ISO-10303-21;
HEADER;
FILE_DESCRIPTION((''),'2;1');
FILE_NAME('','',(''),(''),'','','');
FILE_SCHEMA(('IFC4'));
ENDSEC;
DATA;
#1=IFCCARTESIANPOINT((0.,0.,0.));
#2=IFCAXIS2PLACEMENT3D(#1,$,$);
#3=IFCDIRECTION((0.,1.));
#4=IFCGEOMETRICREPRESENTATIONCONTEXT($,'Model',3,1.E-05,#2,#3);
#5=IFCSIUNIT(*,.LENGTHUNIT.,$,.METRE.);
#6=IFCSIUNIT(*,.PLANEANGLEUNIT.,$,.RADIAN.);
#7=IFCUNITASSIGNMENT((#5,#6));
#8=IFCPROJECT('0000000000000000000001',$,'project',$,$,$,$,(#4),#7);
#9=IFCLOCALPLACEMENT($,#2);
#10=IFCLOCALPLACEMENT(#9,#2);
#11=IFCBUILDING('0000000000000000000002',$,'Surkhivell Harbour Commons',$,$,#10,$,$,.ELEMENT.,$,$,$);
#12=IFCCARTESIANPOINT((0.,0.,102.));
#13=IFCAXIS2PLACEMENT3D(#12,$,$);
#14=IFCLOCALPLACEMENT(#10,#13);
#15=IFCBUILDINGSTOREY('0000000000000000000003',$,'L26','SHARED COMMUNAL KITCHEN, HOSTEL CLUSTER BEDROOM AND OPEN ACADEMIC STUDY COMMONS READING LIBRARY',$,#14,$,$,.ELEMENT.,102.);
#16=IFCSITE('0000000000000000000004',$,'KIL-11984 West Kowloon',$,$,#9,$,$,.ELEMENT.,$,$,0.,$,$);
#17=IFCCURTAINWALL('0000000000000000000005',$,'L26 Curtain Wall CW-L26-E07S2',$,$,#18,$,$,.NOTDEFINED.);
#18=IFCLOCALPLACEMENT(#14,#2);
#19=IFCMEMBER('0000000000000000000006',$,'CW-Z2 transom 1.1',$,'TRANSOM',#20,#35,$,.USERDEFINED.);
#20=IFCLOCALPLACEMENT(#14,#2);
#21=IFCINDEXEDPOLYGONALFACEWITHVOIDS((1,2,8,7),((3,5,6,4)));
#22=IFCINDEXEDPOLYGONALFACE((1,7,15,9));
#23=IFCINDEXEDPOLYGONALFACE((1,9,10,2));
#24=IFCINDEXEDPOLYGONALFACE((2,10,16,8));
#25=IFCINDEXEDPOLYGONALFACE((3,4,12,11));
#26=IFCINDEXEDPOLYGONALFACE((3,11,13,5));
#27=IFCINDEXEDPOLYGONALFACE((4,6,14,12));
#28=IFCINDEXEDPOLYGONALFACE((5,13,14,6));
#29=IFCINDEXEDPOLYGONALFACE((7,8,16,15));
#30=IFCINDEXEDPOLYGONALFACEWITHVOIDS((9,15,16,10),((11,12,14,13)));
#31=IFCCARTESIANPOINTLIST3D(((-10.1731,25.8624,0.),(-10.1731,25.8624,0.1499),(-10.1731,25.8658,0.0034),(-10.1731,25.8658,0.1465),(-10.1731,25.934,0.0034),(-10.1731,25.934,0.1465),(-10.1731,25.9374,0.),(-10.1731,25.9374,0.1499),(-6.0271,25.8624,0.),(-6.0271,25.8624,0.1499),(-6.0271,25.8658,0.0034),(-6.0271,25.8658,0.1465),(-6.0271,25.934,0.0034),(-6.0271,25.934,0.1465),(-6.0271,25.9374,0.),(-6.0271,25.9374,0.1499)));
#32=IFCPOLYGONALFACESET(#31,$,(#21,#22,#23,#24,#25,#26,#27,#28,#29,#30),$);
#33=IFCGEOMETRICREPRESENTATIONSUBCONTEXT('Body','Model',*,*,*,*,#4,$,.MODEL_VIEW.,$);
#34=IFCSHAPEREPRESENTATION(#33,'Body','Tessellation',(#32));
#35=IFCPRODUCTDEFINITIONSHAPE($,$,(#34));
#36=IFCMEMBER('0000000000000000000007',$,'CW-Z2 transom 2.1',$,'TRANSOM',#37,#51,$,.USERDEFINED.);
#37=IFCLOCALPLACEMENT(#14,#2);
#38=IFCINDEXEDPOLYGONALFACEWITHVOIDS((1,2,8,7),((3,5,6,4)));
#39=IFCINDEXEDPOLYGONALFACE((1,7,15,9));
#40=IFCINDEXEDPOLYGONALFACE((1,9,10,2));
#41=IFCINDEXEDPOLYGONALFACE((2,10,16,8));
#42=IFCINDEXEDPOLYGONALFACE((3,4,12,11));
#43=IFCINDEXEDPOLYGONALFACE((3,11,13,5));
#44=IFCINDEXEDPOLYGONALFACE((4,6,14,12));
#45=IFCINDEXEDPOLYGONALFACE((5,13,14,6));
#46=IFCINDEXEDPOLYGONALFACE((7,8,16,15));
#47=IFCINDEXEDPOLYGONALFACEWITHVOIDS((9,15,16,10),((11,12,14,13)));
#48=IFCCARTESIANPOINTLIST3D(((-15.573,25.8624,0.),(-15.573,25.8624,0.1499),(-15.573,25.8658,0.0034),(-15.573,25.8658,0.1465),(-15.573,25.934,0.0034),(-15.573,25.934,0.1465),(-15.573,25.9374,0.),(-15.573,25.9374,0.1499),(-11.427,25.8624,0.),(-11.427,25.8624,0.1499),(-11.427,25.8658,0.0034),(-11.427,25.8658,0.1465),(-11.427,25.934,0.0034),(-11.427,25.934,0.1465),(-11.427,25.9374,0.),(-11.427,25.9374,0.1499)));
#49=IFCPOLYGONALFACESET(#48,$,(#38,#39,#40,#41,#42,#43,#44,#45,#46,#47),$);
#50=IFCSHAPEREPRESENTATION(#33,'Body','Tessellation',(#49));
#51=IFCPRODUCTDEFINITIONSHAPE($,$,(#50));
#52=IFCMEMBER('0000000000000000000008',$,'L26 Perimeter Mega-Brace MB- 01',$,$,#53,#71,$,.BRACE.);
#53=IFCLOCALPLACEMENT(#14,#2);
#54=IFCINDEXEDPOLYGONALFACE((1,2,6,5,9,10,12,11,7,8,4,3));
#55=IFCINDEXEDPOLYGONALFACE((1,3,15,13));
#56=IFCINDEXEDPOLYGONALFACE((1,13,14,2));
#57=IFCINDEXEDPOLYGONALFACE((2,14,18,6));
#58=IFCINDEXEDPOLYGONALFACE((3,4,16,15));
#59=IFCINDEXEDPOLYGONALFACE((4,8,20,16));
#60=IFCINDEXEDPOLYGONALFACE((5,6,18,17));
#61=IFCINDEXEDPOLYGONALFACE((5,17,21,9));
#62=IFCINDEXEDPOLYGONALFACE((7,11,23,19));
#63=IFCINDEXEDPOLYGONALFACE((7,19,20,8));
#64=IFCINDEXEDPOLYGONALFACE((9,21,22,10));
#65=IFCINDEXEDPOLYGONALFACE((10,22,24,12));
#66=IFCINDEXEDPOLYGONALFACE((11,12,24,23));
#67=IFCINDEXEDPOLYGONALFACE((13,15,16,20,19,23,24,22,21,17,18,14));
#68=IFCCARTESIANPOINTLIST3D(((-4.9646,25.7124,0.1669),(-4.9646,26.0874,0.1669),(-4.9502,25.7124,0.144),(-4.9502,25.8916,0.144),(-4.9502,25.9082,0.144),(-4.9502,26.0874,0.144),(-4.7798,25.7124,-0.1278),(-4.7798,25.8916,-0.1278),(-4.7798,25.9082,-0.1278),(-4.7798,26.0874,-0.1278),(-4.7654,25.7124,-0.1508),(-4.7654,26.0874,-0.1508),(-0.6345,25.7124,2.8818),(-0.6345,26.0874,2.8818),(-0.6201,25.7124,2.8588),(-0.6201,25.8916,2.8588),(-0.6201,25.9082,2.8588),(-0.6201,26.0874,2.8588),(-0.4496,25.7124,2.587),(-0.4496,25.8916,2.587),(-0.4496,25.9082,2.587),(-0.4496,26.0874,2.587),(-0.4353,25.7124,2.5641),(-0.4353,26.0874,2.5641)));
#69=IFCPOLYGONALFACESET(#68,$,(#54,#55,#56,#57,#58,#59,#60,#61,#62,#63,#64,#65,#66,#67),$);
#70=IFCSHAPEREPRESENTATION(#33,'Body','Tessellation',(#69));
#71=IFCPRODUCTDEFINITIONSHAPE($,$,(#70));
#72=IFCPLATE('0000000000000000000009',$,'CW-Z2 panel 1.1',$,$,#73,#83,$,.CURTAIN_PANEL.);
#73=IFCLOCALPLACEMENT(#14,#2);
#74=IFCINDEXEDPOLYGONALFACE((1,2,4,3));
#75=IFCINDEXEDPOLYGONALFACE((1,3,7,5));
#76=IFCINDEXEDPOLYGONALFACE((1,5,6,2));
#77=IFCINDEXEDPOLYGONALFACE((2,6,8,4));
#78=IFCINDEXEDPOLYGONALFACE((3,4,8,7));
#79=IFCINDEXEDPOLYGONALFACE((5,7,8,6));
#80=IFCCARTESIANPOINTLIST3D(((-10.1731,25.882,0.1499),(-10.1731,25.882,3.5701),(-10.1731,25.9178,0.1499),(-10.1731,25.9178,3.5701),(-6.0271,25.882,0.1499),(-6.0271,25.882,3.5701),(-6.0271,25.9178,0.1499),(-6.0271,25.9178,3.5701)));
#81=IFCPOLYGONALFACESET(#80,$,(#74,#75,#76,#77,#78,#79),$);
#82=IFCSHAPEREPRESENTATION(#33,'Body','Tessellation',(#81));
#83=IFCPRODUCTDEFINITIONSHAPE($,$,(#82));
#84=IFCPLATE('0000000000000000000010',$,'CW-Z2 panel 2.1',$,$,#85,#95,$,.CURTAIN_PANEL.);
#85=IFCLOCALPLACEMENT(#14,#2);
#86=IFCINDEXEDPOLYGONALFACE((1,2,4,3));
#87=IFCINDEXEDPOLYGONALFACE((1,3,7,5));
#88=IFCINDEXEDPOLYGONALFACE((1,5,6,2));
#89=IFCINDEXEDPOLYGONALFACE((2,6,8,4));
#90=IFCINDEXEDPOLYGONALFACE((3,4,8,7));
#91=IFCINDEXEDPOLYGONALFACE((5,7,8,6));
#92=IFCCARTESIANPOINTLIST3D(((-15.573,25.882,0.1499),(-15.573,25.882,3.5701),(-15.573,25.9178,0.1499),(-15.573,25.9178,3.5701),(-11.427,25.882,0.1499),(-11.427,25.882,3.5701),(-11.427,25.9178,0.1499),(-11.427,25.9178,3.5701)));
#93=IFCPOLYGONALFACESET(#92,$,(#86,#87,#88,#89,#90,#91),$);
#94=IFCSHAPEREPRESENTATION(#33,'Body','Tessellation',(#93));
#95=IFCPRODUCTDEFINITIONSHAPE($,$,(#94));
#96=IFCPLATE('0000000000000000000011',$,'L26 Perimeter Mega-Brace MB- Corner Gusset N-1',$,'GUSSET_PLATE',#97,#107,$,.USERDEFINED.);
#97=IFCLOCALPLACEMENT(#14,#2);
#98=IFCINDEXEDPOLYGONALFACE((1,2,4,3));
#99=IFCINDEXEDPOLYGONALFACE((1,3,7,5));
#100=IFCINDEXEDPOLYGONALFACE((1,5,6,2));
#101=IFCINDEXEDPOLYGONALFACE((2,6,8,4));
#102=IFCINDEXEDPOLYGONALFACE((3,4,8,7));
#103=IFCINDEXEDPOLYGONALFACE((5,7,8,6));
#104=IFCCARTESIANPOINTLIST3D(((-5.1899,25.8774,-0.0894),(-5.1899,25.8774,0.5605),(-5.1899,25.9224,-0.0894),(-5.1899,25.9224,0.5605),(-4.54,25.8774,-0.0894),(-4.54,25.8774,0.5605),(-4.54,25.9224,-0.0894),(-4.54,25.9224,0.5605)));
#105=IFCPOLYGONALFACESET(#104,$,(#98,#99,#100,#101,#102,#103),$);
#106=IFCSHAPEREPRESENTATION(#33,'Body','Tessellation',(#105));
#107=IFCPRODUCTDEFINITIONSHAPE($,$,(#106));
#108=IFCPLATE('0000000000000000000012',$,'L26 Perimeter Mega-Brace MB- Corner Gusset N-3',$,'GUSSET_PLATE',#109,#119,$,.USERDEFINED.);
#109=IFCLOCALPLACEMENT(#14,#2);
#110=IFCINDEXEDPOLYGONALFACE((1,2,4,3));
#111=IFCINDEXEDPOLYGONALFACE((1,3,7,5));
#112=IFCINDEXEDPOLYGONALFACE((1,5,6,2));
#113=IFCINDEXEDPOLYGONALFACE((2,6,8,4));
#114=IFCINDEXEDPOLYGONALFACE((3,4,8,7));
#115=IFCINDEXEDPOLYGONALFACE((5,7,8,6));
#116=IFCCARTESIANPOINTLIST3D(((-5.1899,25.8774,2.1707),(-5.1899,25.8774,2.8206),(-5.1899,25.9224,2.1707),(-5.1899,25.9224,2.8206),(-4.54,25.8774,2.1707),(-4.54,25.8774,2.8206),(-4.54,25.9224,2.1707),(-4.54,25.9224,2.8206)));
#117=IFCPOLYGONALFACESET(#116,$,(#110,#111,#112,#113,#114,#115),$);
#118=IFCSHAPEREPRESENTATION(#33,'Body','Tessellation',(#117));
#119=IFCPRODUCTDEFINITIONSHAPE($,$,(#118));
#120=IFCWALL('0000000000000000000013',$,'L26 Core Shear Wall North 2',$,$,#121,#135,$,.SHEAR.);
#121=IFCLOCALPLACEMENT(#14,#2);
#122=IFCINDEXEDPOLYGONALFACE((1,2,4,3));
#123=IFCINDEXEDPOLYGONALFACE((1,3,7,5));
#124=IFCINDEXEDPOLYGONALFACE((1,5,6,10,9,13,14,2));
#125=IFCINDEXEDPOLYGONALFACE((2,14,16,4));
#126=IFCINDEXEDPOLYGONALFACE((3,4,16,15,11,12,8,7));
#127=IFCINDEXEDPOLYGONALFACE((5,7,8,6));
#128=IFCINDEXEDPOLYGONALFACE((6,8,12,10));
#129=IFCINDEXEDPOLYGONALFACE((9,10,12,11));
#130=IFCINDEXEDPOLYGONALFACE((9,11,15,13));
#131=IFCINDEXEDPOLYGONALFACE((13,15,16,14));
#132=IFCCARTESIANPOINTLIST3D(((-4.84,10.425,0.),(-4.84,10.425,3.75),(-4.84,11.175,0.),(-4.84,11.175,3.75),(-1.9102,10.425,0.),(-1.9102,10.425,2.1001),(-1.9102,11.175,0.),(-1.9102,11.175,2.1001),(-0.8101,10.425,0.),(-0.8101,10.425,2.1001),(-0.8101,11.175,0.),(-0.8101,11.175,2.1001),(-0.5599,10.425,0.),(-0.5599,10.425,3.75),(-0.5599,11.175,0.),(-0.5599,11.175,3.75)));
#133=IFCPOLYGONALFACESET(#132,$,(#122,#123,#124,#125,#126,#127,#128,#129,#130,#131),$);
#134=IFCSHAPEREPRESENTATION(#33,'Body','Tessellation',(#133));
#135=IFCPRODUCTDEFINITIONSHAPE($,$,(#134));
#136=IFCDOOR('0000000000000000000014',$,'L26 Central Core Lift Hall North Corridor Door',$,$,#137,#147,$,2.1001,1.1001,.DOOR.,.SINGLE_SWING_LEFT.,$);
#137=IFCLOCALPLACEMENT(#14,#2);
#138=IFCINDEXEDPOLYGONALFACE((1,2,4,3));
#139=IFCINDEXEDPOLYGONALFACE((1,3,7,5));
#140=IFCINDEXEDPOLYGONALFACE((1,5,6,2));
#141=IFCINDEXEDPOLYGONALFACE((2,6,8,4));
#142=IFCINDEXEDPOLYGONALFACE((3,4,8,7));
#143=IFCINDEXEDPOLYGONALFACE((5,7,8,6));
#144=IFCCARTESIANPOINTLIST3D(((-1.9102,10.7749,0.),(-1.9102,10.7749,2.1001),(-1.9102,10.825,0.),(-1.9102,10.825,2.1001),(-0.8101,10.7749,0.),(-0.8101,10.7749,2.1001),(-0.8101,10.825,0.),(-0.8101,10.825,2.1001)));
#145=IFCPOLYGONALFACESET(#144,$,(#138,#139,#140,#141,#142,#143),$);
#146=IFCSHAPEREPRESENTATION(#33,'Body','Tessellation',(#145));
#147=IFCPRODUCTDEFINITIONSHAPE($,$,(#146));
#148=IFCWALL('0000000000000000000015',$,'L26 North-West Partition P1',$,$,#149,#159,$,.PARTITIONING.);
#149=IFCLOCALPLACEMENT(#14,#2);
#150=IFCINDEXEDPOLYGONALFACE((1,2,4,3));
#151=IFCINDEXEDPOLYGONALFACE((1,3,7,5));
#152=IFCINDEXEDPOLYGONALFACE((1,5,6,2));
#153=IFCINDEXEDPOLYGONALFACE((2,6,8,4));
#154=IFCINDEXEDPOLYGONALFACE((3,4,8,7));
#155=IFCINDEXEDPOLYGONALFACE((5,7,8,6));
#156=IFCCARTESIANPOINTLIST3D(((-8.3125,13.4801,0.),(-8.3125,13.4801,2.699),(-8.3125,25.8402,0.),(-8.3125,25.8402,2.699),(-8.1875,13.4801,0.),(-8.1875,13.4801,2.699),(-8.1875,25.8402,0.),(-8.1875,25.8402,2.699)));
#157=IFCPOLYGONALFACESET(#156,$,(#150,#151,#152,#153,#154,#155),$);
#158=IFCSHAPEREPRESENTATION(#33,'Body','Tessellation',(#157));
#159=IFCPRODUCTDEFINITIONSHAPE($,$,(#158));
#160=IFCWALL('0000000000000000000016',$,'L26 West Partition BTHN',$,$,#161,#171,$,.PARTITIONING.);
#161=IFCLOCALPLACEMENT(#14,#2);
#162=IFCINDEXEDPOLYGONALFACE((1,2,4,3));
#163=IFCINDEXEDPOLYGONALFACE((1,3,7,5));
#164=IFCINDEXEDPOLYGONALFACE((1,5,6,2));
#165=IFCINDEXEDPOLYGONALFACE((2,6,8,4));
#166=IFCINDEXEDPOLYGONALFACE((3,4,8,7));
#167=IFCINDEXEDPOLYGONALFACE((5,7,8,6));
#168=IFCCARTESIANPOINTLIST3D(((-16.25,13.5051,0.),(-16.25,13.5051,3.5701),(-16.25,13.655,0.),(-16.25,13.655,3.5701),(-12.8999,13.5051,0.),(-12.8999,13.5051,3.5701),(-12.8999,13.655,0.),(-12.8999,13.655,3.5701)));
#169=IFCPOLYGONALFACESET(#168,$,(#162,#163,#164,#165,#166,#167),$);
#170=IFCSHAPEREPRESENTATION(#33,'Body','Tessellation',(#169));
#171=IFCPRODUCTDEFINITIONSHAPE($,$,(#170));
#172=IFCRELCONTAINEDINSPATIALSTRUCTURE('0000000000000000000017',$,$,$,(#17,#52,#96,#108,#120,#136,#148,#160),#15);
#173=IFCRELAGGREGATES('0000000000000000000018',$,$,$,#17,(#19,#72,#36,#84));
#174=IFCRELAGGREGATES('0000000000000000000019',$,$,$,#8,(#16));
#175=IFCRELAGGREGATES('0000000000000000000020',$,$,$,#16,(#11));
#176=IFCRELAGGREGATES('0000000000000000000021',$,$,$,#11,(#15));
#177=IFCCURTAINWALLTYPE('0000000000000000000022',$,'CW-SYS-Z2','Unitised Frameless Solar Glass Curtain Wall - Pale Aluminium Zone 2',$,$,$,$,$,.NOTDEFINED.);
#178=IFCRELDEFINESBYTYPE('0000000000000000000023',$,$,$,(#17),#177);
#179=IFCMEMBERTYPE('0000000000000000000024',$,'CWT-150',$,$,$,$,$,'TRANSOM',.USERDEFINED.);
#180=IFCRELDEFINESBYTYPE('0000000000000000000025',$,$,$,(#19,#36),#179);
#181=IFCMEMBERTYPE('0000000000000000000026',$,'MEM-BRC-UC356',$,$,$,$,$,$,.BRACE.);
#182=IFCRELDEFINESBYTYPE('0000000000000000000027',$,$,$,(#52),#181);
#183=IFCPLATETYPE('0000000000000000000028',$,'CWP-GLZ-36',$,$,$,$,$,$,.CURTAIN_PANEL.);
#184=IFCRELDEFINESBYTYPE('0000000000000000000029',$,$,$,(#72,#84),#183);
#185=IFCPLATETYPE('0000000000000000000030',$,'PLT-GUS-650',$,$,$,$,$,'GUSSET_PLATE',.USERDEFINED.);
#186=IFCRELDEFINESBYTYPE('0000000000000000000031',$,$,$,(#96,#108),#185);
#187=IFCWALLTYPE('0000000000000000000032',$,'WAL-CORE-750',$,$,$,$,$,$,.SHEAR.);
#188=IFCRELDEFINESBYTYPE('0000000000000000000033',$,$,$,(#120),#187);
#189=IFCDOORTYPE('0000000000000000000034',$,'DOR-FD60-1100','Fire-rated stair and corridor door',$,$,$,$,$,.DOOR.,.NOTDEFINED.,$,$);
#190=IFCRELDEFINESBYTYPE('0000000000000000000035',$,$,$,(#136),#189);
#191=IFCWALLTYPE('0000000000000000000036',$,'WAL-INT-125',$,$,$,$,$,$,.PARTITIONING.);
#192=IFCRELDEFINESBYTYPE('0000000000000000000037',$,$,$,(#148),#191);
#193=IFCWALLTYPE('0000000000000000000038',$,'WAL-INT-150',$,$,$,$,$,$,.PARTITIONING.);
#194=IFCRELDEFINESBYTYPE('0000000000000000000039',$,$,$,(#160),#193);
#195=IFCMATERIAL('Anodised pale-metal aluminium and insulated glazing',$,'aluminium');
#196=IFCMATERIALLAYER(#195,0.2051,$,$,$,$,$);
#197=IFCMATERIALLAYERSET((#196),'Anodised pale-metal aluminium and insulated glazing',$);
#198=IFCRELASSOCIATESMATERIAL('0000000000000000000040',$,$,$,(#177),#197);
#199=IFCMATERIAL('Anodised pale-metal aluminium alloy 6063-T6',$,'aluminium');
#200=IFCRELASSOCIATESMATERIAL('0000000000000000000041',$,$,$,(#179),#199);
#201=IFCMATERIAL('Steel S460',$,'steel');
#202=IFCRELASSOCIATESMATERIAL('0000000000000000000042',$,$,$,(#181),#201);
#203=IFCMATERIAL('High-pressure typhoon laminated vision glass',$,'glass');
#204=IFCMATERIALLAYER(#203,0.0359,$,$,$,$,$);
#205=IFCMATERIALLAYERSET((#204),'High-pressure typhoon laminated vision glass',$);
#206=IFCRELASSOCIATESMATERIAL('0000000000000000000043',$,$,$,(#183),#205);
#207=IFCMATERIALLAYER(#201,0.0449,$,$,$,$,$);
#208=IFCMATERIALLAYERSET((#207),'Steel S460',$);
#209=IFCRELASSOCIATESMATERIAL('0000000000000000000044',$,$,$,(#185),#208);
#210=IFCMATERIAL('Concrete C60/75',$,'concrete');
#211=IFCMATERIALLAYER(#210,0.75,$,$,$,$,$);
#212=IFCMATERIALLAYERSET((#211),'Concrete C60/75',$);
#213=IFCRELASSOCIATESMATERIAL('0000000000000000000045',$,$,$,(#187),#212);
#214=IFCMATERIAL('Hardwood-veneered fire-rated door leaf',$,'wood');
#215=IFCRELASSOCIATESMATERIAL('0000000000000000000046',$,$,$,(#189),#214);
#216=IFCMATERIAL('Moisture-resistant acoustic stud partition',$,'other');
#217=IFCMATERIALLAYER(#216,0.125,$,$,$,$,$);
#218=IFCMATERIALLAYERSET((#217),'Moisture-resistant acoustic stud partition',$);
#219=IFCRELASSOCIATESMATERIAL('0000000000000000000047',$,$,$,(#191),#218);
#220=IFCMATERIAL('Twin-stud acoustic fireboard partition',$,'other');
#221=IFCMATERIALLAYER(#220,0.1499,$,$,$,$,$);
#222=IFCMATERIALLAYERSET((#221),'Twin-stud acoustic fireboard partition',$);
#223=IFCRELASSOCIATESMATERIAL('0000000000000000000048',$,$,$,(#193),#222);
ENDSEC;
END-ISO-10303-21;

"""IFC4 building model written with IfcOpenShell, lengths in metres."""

from ifc_helpers import new_model, si_unit, direction, frame, frame_2d, origin, origin_2d, place, context, subcontext, project, spatial, rectangle, hollow_rectangle, i_section, extrude, material, layer, layer_set, material_profile, profile_set, type_object, element, fill, aggregate, save


model = new_model("IFC4")

# Units and contexts
model_context = context("Model", 3, precision=1e-05, world=origin(), true_north=direction((0.0, 1.0)))
body_context = subcontext(model_context, "Body", "Model", "MODEL_VIEW")
ifc_project = project(units=[si_unit("LENGTHUNIT", "METRE"), si_unit("PLANEANGLEUNIT", "RADIAN")], contexts=[model_context])

# Site, building, storey
site_placement = place(None, origin())
site = spatial("IfcSite", under=ifc_project, at=site_placement, Name="KIL-11984 West Kowloon", CompositionType="ELEMENT", RefElevation=0.0)
building_placement = place(site_placement, origin())
building = spatial("IfcBuilding", under=site, at=building_placement, Name="Surkhivell Harbour Commons", CompositionType="ELEMENT")
storey_placement = place(building_placement, frame((0.0, 0.0, 102.0)))
storey = spatial("IfcBuildingStorey", under=building, at=storey_placement, Name="L26", Description="SHARED COMMUNAL KITCHEN, HOSTEL CLUSTER BEDROOM AND OPEN ACADEMIC STUDY COMMONS READING LIBRARY", CompositionType="ELEMENT", Elevation=102.0)

# Shared definitions
ifc_material_1 = material(Name="Concrete C60/75", Category="concrete")

# Shared definitions
ifc_material_2 = material(Name="Steel S460", Category="steel")

# Curtain wall, members
ifc_material_3 = material(Name="Anodised pale-metal aluminium and insulated glazing", Category="aluminium")
ifc_layer_1 = layer(ifc_material_3, 0.2051)
ifc_layer_set_1 = layer_set([ifc_layer_1], Name="Anodised pale-metal aluminium and insulated glazing")
curtain_wall_type = type_object("IfcCurtainWallType", Name="CW-SYS-Z2", Description="Unitised Frameless Solar Glass Curtain Wall - Pale Aluminium Zone 2", PredefinedType="NOTDEFINED", material=ifc_layer_set_1)
curtain_wall_placement = place(storey_placement, origin())
curtain_wall = element("IfcCurtainWall", 1, at=curtain_wall_placement, inside=storey, type_object=curtain_wall_type, Name="L26 Curtain Wall CW-L26-E07S2", PredefinedType="NOTDEFINED")
ifc_material_4 = material(Name="Anodised pale-metal aluminium alloy 6063-T6", Category="aluminium")
ifc_material_profile_1 = material_profile(ifc_material_4, hollow_rectangle(XDim=0.075, YDim=0.1499, WallThickness=0.0034, at=origin_2d()), Name="ALU-TRAN-75x150")
ifc_profile_set_1 = profile_set([ifc_material_profile_1], Name="Anodised pale-metal aluminium alloy 6063-T6")
member_type_1 = type_object("IfcMemberType", Name="CWT-150", ElementType="TRANSOM", PredefinedType="USERDEFINED", material=ifc_profile_set_1)
member_1_placement = place(storey_placement, frame((-6.0271, 25.8999, 0.075), z_axis=(-1.0, 0.0, 0.0), x_axis=(0.0, -1.0, 0.0)))
member_1 = element("IfcMember", 2, at=member_1_placement, type_object=member_type_1, Name="CW-Z2 transom 1.1", ObjectType="TRANSOM", PredefinedType="USERDEFINED", context=body_context, shape_type="SweptSolid", body=[
    extrude(hollow_rectangle(XDim=0.075, YDim=0.1499, WallThickness=0.0034, at=origin_2d()), origin(), (0.0, 0.0, 1.0), 4.146),
])
member_2_placement = place(storey_placement, frame((-11.427, 25.8999, 0.075), z_axis=(-1.0, 0.0, 0.0), x_axis=(0.0, -1.0, 0.0)))
member_2 = element("IfcMember", 3, at=member_2_placement, type_object=member_type_1, Name="CW-Z2 transom 2.1", ObjectType="TRANSOM", PredefinedType="USERDEFINED", context=body_context, shape_type="SweptSolid", body=[
    extrude(hollow_rectangle(XDim=0.075, YDim=0.1499, WallThickness=0.0034, at=origin_2d()), origin(), (0.0, 0.0, 1.0), 4.146),
])

# Member
ifc_material_profile_2 = material_profile(ifc_material_2, i_section(OverallWidth=0.375, OverallDepth=0.375, WebThickness=0.0166, FlangeThickness=0.0271, at=origin_2d()), Name="UC356x368x202")
ifc_profile_set_2 = profile_set([ifc_material_profile_2], Name="Steel S460")
member_type_2 = type_object("IfcMemberType", Name="MEM-BRC-UC356", PredefinedType="BRACE", material=ifc_profile_set_2)
member_3_placement = place(storey_placement, frame((-4.865, 25.8999, 0.0081), z_axis=(0.847246, 0.0, 0.531201), x_axis=(0.0, 1.0, 0.0)))
element("IfcMember", 4, at=member_3_placement, inside=storey, type_object=member_type_2, Name="L26 Perimeter Mega-Brace MB- 01", PredefinedType="BRACE", context=body_context, shape_type="SweptSolid", body=[
    extrude(i_section(OverallWidth=0.375, OverallDepth=0.375, WebThickness=0.0166, FlangeThickness=0.0271, at=origin_2d()), origin(), (0.0, 0.0, 1.0), 5.1108),
])

# Plates
ifc_material_5 = material(Name="High-pressure typhoon laminated vision glass", Category="glass")
ifc_layer_2 = layer(ifc_material_5, 0.0359)
ifc_layer_set_2 = layer_set([ifc_layer_2], Name="High-pressure typhoon laminated vision glass")
plate_type_1 = type_object("IfcPlateType", Name="CWP-GLZ-36", PredefinedType="CURTAIN_PANEL", material=ifc_layer_set_2)
plate_1_placement = place(storey_placement, frame((-6.0271, 25.8999, 0.1499), z_axis=(0.0, 0.0, 1.0), x_axis=(-1.0, 0.0, 0.0)))
plate_1 = element("IfcPlate", 5, at=plate_1_placement, type_object=plate_type_1, Name="CW-Z2 panel 1.1", PredefinedType="CURTAIN_PANEL", context=body_context, shape_type="SweptSolid", body=[
    extrude(rectangle(XDim=4.146, YDim=0.0359, at=frame_2d((2.073, 0.0))), origin(), (0.0, 0.0, 1.0), 3.4202),
])
plate_2_placement = place(storey_placement, frame((-11.427, 25.8999, 0.1499), z_axis=(0.0, 0.0, 1.0), x_axis=(-1.0, 0.0, 0.0)))
plate_2 = element("IfcPlate", 6, at=plate_2_placement, type_object=plate_type_1, Name="CW-Z2 panel 2.1", PredefinedType="CURTAIN_PANEL", context=body_context, shape_type="SweptSolid", body=[
    extrude(rectangle(XDim=4.146, YDim=0.0359, at=frame_2d((2.073, 0.0))), origin(), (0.0, 0.0, 1.0), 3.4202),
])
aggregate(curtain_wall, [member_1, plate_1, member_2, plate_2])

# Plates
ifc_layer_3 = layer(ifc_material_2, 0.0449)
ifc_layer_set_3 = layer_set([ifc_layer_3], Name="Steel S460")
plate_type_2 = type_object("IfcPlateType", Name="PLT-GUS-650", ElementType="GUSSET_PLATE", PredefinedType="USERDEFINED", material=ifc_layer_set_3)
for number, where, z_axis, x_axis, name in (
    (7, (-4.865, 25.8999, -0.0894), (0.0, 0.0, 1.0), (1.0, 0.0, 0.0), "L26 Perimeter Mega-Brace MB- Corner Gusset N-1"),
    (8, (-4.865, 25.8999, 2.1707), (0.0, 0.0, 1.0), (1.0, 0.0, 0.0), "L26 Perimeter Mega-Brace MB- Corner Gusset N-3"),
):
    element("IfcPlate", number, at=place(storey_placement, frame(where, z_axis=z_axis, x_axis=x_axis)), inside=storey, type_object=plate_type_2, Name=name, ObjectType="GUSSET_PLATE", PredefinedType="USERDEFINED", context=body_context, shape_type="SweptSolid", body=[
        extrude(rectangle(XDim=0.6499, YDim=0.0449, at=origin_2d()), origin(), (0.0, 0.0, 1.0), 0.6499),
    ])

# Wall, opening, door
ifc_layer_4 = layer(ifc_material_1, 0.75)
ifc_layer_set_4 = layer_set([ifc_layer_4], Name="Concrete C60/75")
wall_type_1 = type_object("IfcWallType", Name="WAL-CORE-750", PredefinedType="SHEAR", material=ifc_layer_set_4)
wall_1_placement = place(storey_placement, frame((-4.8401, 10.8, 0.0), z_axis=(0.0, 0.0, 1.0), x_axis=(1.0, 0.0, 0.0)))
wall_1 = element("IfcWall", 9, at=wall_1_placement, inside=storey, type_object=wall_type_1, Name="L26 Core Shear Wall North 2", PredefinedType="SHEAR", context=body_context, shape_type="SweptSolid", body=[
    extrude(rectangle(XDim=4.28, YDim=0.75, at=frame_2d((2.1401, 0.0))), origin(), (0.0, 0.0, 1.0), 3.75),
])
opening_1_placement = place(wall_1_placement, frame((2.9299, 0.0, 0.0)))
opening_1 = element("IfcOpeningElement", 10, at=opening_1_placement, cuts=wall_1, PredefinedType="OPENING", context=body_context, shape_type="SweptSolid", body=[
    extrude(rectangle(XDim=1.1001, YDim=2.1001, at=frame_2d((0.55, 1.05))), frame((0.0, 0.385, 0.0), z_axis=(0.0, -1.0, 0.0), x_axis=(1.0, 0.0, 0.0)), (0.0, 0.0, 1.0), 0.77),
])
ifc_material_6 = material(Name="Hardwood-veneered fire-rated door leaf", Category="wood")
door_type_1 = type_object("IfcDoorType", Name="DOR-FD60-1100", Description="Fire-rated stair and corridor door", OperationType="NOTDEFINED", PredefinedType="DOOR", material=ifc_material_6)
door_1_placement = place(opening_1_placement, origin())
door_1 = element("IfcDoor", 11, at=door_1_placement, inside=storey, type_object=door_type_1, Name="L26 Central Core Lift Hall North Corridor Door", OperationType="SINGLE_SWING_LEFT", OverallHeight=2.1001, OverallWidth=1.1001, PredefinedType="DOOR", context=body_context, shape_type="SweptSolid", body=[
    extrude(rectangle(XDim=1.1001, YDim=2.1001, at=frame_2d((0.55, 1.05))), frame((0.0, 0.0249, 0.0), z_axis=(0.0, -1.0, 0.0), x_axis=(1.0, 0.0, 0.0)), (0.0, 0.0, 1.0), 0.05),
])
fill(opening_1, door_1)

# Walls
ifc_material_7 = material(Name="Moisture-resistant acoustic stud partition", Category="other")
ifc_layer_5 = layer(ifc_material_7, 0.125)
ifc_layer_set_5 = layer_set([ifc_layer_5], Name="Moisture-resistant acoustic stud partition")
wall_type_2 = type_object("IfcWallType", Name="WAL-INT-125", PredefinedType="PARTITIONING", material=ifc_layer_set_5)
wall_2_placement = place(storey_placement, frame((-8.25, 13.48, 0.0), z_axis=(0.0, 0.0, 1.0), x_axis=(0.0, 1.0, 0.0)))
element("IfcWall", 12, at=wall_2_placement, inside=storey, type_object=wall_type_2, Name="L26 North-West Partition P1", PredefinedType="PARTITIONING", context=body_context, shape_type="SweptSolid", body=[
    extrude(rectangle(XDim=12.3601, YDim=0.125, at=frame_2d((6.1802, 0.0))), origin(), (0.0, 0.0, 1.0), 2.699),
])
ifc_material_8 = material(Name="Twin-stud acoustic fireboard partition", Category="other")
ifc_layer_6 = layer(ifc_material_8, 0.1499)
ifc_layer_set_6 = layer_set([ifc_layer_6], Name="Twin-stud acoustic fireboard partition")
wall_type_3 = type_object("IfcWallType", Name="WAL-INT-150", PredefinedType="PARTITIONING", material=ifc_layer_set_6)
wall_3_placement = place(storey_placement, frame((-16.25, 13.5801, 0.0), z_axis=(0.0, 0.0, 1.0), x_axis=(1.0, 0.0, 0.0)))
element("IfcWall", 13, at=wall_3_placement, inside=storey, type_object=wall_type_3, Name="L26 West Partition BTHN", PredefinedType="PARTITIONING", context=body_context, shape_type="SweptSolid", body=[
    extrude(rectangle(XDim=3.3501, YDim=0.1499, at=frame_2d((1.675, 0.0))), origin(), (0.0, 0.0, 1.0), 3.5701),
])

save(model, "model.ifc")
